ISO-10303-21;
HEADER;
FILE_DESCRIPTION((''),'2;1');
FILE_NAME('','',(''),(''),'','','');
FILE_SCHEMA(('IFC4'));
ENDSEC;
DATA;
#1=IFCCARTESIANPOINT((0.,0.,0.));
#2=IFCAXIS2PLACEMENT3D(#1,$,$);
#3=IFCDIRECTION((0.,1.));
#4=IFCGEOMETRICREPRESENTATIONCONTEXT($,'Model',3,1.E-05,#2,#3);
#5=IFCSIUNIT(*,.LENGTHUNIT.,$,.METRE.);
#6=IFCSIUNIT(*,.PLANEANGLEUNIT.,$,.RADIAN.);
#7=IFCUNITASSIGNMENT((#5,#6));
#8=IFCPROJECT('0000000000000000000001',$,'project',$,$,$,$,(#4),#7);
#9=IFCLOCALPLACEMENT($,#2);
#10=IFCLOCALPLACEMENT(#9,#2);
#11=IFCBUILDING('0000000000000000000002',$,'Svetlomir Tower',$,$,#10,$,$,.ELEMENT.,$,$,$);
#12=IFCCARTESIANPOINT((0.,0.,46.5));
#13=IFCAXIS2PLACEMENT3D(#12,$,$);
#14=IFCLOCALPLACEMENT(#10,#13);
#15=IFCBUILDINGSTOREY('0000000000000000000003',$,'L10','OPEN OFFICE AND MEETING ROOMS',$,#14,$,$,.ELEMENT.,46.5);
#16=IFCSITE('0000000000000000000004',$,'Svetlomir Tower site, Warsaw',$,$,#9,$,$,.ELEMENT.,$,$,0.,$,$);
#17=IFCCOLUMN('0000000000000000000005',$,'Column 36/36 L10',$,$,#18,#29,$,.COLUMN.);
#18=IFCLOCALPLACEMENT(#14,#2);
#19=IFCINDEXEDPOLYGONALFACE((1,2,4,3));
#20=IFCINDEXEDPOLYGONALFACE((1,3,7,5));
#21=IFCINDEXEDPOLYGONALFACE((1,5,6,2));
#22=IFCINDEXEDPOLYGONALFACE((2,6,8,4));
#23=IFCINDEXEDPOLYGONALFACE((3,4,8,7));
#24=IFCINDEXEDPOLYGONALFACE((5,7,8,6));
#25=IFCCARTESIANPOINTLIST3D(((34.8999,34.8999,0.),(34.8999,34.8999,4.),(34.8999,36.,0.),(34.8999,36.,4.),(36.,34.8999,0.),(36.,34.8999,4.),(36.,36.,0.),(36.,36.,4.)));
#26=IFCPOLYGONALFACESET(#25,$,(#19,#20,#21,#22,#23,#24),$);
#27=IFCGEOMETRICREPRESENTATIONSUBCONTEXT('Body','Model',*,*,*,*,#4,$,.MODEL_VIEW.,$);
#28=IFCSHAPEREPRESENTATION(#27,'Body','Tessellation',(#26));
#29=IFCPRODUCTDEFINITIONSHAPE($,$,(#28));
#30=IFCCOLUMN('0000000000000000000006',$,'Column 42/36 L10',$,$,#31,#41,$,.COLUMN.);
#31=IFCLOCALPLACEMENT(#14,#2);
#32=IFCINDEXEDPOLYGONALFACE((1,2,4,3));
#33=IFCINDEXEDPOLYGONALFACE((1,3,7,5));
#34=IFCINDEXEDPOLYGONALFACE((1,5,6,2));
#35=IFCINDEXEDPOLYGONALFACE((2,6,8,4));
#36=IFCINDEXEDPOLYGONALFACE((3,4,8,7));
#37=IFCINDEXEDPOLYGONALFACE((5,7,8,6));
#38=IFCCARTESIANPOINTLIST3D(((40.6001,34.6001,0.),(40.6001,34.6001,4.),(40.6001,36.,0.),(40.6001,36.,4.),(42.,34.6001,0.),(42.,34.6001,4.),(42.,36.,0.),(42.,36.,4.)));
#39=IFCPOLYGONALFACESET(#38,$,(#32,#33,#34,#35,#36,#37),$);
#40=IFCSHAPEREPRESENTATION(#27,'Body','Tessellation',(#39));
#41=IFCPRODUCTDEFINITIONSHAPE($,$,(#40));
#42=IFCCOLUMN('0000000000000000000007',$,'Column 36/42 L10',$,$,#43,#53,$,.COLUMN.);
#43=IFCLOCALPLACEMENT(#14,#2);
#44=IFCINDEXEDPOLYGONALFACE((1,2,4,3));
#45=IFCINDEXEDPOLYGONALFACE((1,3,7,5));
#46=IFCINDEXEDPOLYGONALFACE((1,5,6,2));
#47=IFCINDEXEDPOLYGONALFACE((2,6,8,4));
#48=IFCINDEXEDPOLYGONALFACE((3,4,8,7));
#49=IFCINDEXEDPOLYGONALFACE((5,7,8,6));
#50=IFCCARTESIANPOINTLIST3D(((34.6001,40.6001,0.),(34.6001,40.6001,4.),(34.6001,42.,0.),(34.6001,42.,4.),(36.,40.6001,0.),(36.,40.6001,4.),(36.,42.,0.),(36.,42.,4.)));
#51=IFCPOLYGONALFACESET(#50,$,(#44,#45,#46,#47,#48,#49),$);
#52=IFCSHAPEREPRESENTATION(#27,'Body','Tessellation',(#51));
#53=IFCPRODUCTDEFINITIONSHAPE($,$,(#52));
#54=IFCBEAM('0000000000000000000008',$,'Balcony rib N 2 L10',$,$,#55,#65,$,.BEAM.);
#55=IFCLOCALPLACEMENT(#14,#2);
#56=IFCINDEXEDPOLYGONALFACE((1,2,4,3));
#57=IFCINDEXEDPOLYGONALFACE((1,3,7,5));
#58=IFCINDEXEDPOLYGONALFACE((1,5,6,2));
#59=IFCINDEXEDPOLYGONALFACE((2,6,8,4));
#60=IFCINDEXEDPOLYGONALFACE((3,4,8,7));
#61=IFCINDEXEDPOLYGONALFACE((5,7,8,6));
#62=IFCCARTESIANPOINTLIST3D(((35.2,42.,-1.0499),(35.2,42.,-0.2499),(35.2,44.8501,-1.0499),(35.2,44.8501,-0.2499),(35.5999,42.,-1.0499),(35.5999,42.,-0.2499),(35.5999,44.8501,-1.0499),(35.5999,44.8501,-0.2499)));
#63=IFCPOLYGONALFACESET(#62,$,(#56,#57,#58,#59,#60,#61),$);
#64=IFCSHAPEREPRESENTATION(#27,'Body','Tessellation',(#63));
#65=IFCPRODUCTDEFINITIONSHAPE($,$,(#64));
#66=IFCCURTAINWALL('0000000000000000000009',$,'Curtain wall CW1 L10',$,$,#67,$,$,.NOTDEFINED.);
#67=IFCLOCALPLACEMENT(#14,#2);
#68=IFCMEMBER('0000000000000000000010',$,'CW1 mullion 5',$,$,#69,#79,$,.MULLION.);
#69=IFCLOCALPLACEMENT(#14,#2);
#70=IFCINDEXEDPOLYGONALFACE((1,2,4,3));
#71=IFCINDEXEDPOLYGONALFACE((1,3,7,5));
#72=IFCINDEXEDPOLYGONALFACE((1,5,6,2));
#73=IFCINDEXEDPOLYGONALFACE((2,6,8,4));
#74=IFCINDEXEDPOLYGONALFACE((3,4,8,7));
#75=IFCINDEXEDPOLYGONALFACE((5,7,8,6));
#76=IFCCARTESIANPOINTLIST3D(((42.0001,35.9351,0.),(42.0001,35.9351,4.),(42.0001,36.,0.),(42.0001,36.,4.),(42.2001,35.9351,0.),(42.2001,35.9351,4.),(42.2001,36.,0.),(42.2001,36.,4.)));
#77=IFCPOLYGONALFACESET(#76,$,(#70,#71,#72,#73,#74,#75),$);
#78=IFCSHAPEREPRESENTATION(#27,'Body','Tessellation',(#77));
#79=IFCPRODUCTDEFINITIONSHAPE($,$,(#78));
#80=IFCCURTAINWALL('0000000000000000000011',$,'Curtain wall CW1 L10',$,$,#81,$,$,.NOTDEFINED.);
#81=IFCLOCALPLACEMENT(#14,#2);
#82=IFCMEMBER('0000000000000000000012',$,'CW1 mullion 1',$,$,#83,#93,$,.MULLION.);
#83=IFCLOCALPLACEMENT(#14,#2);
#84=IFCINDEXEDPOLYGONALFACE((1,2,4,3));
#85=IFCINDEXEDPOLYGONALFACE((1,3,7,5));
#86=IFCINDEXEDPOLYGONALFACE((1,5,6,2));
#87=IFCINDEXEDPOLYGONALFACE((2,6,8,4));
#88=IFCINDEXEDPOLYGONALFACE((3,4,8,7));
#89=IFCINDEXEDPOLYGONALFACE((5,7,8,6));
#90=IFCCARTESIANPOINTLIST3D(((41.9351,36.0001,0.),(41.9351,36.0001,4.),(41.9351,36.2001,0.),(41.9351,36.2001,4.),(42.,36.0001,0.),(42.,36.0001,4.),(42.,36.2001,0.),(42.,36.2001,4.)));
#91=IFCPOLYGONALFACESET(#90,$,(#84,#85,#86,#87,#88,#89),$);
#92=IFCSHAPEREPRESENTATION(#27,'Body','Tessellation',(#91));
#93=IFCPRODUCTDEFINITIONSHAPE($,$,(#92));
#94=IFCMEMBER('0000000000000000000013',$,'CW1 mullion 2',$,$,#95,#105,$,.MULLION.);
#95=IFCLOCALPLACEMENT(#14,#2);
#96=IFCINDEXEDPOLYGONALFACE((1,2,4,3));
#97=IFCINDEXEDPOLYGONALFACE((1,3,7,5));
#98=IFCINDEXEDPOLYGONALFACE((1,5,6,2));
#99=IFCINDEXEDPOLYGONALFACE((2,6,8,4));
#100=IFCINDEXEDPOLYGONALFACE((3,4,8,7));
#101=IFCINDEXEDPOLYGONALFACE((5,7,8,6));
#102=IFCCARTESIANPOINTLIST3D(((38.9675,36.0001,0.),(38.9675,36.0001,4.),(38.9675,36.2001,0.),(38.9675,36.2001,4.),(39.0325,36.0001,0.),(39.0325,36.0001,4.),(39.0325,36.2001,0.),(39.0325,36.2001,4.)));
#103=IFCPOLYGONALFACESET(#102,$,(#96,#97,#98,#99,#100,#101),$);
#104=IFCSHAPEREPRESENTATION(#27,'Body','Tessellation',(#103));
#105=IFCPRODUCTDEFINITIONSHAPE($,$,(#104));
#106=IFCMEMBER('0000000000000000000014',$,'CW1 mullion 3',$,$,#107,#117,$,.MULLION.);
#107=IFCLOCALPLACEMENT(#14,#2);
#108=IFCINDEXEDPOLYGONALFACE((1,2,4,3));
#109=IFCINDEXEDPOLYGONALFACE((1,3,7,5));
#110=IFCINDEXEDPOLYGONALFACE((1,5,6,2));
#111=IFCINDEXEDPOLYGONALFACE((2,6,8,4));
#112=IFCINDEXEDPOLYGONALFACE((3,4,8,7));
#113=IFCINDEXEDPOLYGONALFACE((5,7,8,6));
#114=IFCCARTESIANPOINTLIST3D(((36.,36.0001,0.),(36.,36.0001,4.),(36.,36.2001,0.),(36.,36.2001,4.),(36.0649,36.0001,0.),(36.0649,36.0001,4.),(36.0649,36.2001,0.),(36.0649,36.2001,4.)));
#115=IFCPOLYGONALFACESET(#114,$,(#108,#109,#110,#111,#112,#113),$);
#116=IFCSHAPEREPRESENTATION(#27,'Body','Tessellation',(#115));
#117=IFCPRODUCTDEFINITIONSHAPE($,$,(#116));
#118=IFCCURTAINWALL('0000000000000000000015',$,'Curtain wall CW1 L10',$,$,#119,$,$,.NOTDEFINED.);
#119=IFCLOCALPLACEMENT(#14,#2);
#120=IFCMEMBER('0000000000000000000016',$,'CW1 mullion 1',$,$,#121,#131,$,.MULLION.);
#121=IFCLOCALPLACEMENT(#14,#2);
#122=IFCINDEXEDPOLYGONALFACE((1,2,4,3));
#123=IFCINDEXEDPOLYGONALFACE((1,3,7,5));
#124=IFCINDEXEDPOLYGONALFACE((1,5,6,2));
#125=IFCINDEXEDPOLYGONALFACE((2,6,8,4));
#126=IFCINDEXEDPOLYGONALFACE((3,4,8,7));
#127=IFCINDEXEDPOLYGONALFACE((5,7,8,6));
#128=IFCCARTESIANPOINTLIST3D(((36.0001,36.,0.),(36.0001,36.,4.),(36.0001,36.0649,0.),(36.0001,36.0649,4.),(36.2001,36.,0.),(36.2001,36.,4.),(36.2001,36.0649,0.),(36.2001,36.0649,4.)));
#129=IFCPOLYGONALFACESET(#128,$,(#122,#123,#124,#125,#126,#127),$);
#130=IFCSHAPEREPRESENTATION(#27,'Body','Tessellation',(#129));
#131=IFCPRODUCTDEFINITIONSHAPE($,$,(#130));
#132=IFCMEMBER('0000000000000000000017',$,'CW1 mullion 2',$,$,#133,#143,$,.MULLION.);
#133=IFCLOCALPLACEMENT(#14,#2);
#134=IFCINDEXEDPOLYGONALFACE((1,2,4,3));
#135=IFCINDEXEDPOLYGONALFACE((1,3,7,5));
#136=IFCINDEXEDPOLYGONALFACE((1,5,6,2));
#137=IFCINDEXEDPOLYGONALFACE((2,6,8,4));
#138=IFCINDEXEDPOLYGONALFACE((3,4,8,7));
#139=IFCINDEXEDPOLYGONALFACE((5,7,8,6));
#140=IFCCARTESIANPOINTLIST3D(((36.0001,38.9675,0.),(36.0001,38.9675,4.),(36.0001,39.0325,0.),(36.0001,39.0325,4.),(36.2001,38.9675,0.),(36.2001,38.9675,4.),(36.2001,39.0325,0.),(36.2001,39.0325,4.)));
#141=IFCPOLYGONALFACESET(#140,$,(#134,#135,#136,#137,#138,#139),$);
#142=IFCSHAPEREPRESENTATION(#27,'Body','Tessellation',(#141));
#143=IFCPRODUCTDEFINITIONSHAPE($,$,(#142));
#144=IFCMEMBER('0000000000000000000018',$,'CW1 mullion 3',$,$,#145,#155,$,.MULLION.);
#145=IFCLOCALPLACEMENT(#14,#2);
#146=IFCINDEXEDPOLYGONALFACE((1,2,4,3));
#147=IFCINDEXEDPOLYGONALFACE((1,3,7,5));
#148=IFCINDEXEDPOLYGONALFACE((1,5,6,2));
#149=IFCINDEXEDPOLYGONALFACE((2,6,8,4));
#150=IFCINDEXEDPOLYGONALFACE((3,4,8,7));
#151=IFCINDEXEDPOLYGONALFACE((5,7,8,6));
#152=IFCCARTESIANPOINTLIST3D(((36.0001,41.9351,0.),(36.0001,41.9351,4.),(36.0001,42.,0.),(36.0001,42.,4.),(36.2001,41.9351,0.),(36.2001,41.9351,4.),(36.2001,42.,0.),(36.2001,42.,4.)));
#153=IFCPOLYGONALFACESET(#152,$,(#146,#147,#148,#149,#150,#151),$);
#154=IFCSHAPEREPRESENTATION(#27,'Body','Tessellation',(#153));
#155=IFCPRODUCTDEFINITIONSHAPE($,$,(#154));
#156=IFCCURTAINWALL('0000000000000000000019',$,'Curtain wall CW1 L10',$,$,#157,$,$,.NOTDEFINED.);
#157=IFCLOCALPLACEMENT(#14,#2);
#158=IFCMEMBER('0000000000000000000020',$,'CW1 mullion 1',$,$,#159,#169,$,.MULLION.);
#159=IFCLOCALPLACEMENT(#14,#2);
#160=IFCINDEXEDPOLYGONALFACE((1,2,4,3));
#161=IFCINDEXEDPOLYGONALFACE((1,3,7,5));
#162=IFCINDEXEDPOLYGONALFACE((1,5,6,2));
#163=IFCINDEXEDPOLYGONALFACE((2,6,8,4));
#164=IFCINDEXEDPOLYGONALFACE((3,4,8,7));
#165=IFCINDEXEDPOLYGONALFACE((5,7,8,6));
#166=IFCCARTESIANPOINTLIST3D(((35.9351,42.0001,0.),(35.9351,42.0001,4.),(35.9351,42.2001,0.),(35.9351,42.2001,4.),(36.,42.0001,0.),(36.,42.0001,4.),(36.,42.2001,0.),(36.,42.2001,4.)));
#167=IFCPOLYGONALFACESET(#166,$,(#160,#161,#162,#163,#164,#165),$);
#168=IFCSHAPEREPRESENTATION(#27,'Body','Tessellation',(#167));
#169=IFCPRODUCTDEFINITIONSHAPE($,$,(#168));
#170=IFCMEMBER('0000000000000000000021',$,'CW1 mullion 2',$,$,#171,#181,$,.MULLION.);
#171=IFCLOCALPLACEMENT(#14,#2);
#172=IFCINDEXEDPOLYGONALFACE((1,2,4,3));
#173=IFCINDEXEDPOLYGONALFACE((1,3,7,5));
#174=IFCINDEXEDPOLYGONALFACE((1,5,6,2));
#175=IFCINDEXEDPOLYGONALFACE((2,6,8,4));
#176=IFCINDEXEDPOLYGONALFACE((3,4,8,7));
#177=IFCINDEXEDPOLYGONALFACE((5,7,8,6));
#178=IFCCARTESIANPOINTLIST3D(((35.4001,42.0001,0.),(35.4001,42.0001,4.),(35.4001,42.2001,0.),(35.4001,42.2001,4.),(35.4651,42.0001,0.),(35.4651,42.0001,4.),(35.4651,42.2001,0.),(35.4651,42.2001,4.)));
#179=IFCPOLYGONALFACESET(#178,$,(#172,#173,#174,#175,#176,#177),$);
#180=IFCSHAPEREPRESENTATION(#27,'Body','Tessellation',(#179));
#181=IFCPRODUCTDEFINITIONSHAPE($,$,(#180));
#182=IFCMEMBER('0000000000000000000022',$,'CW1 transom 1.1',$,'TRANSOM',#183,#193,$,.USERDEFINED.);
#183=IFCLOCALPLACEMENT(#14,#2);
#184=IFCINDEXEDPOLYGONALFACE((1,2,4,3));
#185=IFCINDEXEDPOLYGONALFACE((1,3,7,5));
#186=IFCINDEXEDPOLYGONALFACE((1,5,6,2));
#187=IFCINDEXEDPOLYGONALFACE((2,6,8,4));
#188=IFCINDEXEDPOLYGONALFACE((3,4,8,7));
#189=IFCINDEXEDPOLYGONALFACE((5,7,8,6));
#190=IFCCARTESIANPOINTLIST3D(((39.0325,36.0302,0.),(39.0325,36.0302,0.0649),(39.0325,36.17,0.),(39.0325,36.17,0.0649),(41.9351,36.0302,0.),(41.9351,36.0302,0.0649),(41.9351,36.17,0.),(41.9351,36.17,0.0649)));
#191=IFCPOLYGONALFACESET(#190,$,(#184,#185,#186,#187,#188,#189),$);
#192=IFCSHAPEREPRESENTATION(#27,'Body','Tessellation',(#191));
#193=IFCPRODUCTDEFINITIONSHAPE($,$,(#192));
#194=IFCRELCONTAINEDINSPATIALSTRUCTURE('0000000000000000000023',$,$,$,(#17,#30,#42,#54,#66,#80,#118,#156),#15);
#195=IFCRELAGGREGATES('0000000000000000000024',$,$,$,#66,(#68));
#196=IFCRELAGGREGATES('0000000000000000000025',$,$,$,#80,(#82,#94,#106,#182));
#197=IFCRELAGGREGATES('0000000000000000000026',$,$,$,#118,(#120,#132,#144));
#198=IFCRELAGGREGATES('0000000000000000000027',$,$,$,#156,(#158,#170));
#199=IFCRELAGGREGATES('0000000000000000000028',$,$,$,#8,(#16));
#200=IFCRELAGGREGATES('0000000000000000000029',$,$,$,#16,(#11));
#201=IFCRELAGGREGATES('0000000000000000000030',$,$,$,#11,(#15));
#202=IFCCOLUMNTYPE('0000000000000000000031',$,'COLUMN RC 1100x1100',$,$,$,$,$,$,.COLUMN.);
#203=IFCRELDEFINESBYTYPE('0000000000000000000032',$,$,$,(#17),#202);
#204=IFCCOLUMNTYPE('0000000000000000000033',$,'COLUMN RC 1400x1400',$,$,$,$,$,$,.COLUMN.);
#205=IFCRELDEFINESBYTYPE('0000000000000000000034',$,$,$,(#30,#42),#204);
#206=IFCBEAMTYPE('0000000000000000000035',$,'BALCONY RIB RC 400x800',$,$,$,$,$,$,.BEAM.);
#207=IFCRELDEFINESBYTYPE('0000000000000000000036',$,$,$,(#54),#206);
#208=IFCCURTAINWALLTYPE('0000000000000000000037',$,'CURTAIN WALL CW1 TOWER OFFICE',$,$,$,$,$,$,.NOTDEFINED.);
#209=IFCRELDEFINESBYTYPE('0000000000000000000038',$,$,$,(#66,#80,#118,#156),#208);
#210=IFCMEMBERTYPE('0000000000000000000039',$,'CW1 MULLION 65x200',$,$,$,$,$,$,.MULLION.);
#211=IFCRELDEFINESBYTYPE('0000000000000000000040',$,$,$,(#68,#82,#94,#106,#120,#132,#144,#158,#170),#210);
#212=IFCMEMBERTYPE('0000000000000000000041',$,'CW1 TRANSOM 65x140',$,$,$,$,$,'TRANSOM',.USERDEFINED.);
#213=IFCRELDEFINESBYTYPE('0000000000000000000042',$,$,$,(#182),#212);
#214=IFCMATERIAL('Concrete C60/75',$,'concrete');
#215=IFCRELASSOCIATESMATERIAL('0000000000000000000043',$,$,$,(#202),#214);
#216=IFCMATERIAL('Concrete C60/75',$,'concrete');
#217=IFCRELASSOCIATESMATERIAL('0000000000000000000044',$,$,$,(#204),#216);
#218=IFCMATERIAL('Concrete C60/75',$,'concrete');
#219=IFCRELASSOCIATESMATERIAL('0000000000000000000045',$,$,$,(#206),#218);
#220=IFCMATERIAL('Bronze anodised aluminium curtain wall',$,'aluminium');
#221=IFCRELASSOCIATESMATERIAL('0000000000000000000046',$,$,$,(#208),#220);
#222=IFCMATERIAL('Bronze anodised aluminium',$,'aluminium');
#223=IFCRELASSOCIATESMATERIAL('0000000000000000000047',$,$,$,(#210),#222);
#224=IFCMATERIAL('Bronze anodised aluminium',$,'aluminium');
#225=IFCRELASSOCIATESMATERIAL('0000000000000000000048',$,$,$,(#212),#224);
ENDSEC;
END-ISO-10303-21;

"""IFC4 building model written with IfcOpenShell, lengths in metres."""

from ifc_helpers import new_model, si_unit, direction, frame, origin, origin_2d, place, context, subcontext, project, spatial, rectangle, extrude, material, material_profile, profile_set, type_object, element, aggregate, save


model = new_model("IFC4")

# Units and contexts
model_context = context("Model", 3, precision=1e-05, world=origin(), true_north=direction((0.0, 1.0)))
body_context = subcontext(model_context, "Body", "Model", "MODEL_VIEW")
ifc_project = project(units=[si_unit("LENGTHUNIT", "METRE"), si_unit("PLANEANGLEUNIT", "RADIAN")], contexts=[model_context])

# Site, building, storey
site_placement = place(None, origin())
site = spatial("IfcSite", under=ifc_project, at=site_placement, Name="Svetlomir Tower site, Warsaw", CompositionType="ELEMENT", RefElevation=0.0)
building_placement = place(site_placement, origin())
building = spatial("IfcBuilding", under=site, at=building_placement, Name="Svetlomir Tower", CompositionType="ELEMENT")
storey_placement = place(building_placement, frame((0.0, 0.0, 46.5)))
storey = spatial("IfcBuildingStorey", under=building, at=storey_placement, Name="L10", Description="OPEN OFFICE AND MEETING ROOMS", CompositionType="ELEMENT", Elevation=46.5)

# Columns
ifc_material_1 = material(Name="Concrete C60/75", Category="concrete")
ifc_material_profile_1 = material_profile(ifc_material_1, rectangle(XDim=1.1001, YDim=1.1001, at=origin_2d()), Name="RC 1100x1100")
ifc_profile_set_1 = profile_set([ifc_material_profile_1], Name="Concrete C60/75")
column_type_1 = type_object("IfcColumnType", Name="COLUMN RC 1100x1100", PredefinedType="COLUMN", material=ifc_profile_set_1)
column_placement = place(storey_placement, frame((35.45, 35.45, 0.0), z_axis=(0.0, 0.0, 1.0), x_axis=(1.0, 0.0, 0.0)))
element("IfcColumn", 1, at=column_placement, inside=storey, type_object=column_type_1, Name="Column 36/36 L10", PredefinedType="COLUMN", context=body_context, shape_type="SweptSolid", body=[
    extrude(rectangle(XDim=1.1001, YDim=1.1001, at=origin_2d()), origin(), (0.0, 0.0, 1.0), 4.0),
])
ifc_material_2 = material(Name="Concrete C60/75", Category="concrete")
ifc_material_profile_2 = material_profile(ifc_material_2, rectangle(XDim=1.3999, YDim=1.3999, at=origin_2d()), Name="RC 1400x1400")
ifc_profile_set_2 = profile_set([ifc_material_profile_2], Name="Concrete C60/75")
column_type_2 = type_object("IfcColumnType", Name="COLUMN RC 1400x1400", PredefinedType="COLUMN", material=ifc_profile_set_2)
for number, where, z_axis, x_axis, name in (
    (2, (41.3, 35.3, 0.0), (0.0, 0.0, 1.0), (1.0, 0.0, 0.0), "Column 42/36 L10"),
    (3, (35.3, 41.3, 0.0), (0.0, 0.0, 1.0), (1.0, 0.0, 0.0), "Column 36/42 L10"),
):
    element("IfcColumn", number, at=place(storey_placement, frame(where, z_axis=z_axis, x_axis=x_axis)), inside=storey, type_object=column_type_2, Name=name, PredefinedType="COLUMN", context=body_context, shape_type="SweptSolid", body=[
        extrude(rectangle(XDim=1.3999, YDim=1.3999, at=origin_2d()), origin(), (0.0, 0.0, 1.0), 4.0),
    ])

# Beam
ifc_material_3 = material(Name="Concrete C60/75", Category="concrete")
ifc_material_profile_3 = material_profile(ifc_material_3, rectangle(XDim=0.3999, YDim=0.8, at=origin_2d()), Name="RC 400x800")
ifc_profile_set_3 = profile_set([ifc_material_profile_3], Name="Concrete C60/75")
beam_type_1 = type_object("IfcBeamType", Name="BALCONY RIB RC 400x800", PredefinedType="BEAM", material=ifc_profile_set_3)
beam_placement = place(storey_placement, frame((35.3999, 42.0, -0.6499), z_axis=(0.0, 1.0, 0.0), x_axis=(-1.0, 0.0, 0.0)))
element("IfcBeam", 4, at=beam_placement, inside=storey, type_object=beam_type_1, Name="Balcony rib N 2 L10", PredefinedType="BEAM", context=body_context, shape_type="SweptSolid", body=[
    extrude(rectangle(XDim=0.3999, YDim=0.8, at=origin_2d()), origin(), (0.0, 0.0, 1.0), 2.8501),
])

# Curtain wall, member
ifc_material_4 = material(Name="Bronze anodised aluminium curtain wall", Category="aluminium")
curtain_wall_type = type_object("IfcCurtainWallType", Name="CURTAIN WALL CW1 TOWER OFFICE", PredefinedType="NOTDEFINED", material=ifc_material_4)
curtain_wall_1_placement = place(storey_placement, origin())
curtain_wall_1 = element("IfcCurtainWall", 5, at=curtain_wall_1_placement, inside=storey, type_object=curtain_wall_type, Name="Curtain wall CW1 L10", PredefinedType="NOTDEFINED")
ifc_material_5 = material(Name="Bronze anodised aluminium", Category="aluminium")
ifc_material_profile_4 = material_profile(ifc_material_5, rectangle(XDim=0.0649, YDim=0.2, at=origin_2d()), Name="AL 65x200")
ifc_profile_set_4 = profile_set([ifc_material_profile_4], Name="Bronze anodised aluminium 6063-T6")
member_type_1 = type_object("IfcMemberType", Name="CW1 MULLION 65x200", PredefinedType="MULLION", material=ifc_profile_set_4)
member_1_placement = place(storey_placement, frame((42.1001, 35.9675, 0.0), z_axis=(0.0, 0.0, 1.0), x_axis=(0.0, 1.0, 0.0)))
member_1 = element("IfcMember", 6, at=member_1_placement, type_object=member_type_1, Name="CW1 mullion 5", PredefinedType="MULLION", context=body_context, shape_type="SweptSolid", body=[
    extrude(rectangle(XDim=0.0649, YDim=0.2, at=origin_2d()), origin(), (0.0, 0.0, 1.0), 4.0),
])

# Curtain walls, members
curtain_wall_2_placement = place(storey_placement, origin())
curtain_wall_2 = element("IfcCurtainWall", 7, at=curtain_wall_2_placement, inside=storey, type_object=curtain_wall_type, Name="Curtain wall CW1 L10", PredefinedType="NOTDEFINED")
member_2_placement = place(storey_placement, frame((41.9675, 36.1001, 0.0), z_axis=(0.0, 0.0, 1.0), x_axis=(-1.0, 0.0, 0.0)))
member_2 = element("IfcMember", 8, at=member_2_placement, type_object=member_type_1, Name="CW1 mullion 1", PredefinedType="MULLION", context=body_context, shape_type="SweptSolid", body=[
    extrude(rectangle(XDim=0.0649, YDim=0.2, at=origin_2d()), origin(), (0.0, 0.0, 1.0), 4.0),
])
member_3_placement = place(storey_placement, frame((39.0, 36.1001, 0.0), z_axis=(0.0, 0.0, 1.0), x_axis=(-1.0, 0.0, 0.0)))
member_3 = element("IfcMember", 9, at=member_3_placement, type_object=member_type_1, Name="CW1 mullion 2", PredefinedType="MULLION", context=body_context, shape_type="SweptSolid", body=[
    extrude(rectangle(XDim=0.0649, YDim=0.2, at=origin_2d()), origin(), (0.0, 0.0, 1.0), 4.0),
])
member_4_placement = place(storey_placement, frame((36.0325, 36.1001, 0.0), z_axis=(0.0, 0.0, 1.0), x_axis=(-1.0, 0.0, 0.0)))
member_4 = element("IfcMember", 10, at=member_4_placement, type_object=member_type_1, Name="CW1 mullion 3", PredefinedType="MULLION", context=body_context, shape_type="SweptSolid", body=[
    extrude(rectangle(XDim=0.0649, YDim=0.2, at=origin_2d()), origin(), (0.0, 0.0, 1.0), 4.0),
])
curtain_wall_3_placement = place(storey_placement, origin())
curtain_wall_3 = element("IfcCurtainWall", 11, at=curtain_wall_3_placement, inside=storey, type_object=curtain_wall_type, Name="Curtain wall CW1 L10", PredefinedType="NOTDEFINED")
member_5_placement = place(storey_placement, frame((36.1001, 36.0325, 0.0), z_axis=(0.0, 0.0, 1.0), x_axis=(0.0, 1.0, 0.0)))
member_5 = element("IfcMember", 12, at=member_5_placement, type_object=member_type_1, Name="CW1 mullion 1", PredefinedType="MULLION", context=body_context, shape_type="SweptSolid", body=[
    extrude(rectangle(XDim=0.0649, YDim=0.2, at=origin_2d()), origin(), (0.0, 0.0, 1.0), 4.0),
])
member_6_placement = place(storey_placement, frame((36.1001, 39.0, 0.0), z_axis=(0.0, 0.0, 1.0), x_axis=(0.0, 1.0, 0.0)))
member_6 = element("IfcMember", 13, at=member_6_placement, type_object=member_type_1, Name="CW1 mullion 2", PredefinedType="MULLION", context=body_context, shape_type="SweptSolid", body=[
    extrude(rectangle(XDim=0.0649, YDim=0.2, at=origin_2d()), origin(), (0.0, 0.0, 1.0), 4.0),
])
member_7_placement = place(storey_placement, frame((36.1001, 41.9675, 0.0), z_axis=(0.0, 0.0, 1.0), x_axis=(0.0, 1.0, 0.0)))
member_7 = element("IfcMember", 14, at=member_7_placement, type_object=member_type_1, Name="CW1 mullion 3", PredefinedType="MULLION", context=body_context, shape_type="SweptSolid", body=[
    extrude(rectangle(XDim=0.0649, YDim=0.2, at=origin_2d()), origin(), (0.0, 0.0, 1.0), 4.0),
])
curtain_wall_4_placement = place(storey_placement, origin())
curtain_wall_4 = element("IfcCurtainWall", 15, at=curtain_wall_4_placement, inside=storey, type_object=curtain_wall_type, Name="Curtain wall CW1 L10", PredefinedType="NOTDEFINED")
member_8_placement = place(storey_placement, frame((35.9675, 42.1001, 0.0), z_axis=(0.0, 0.0, 1.0), x_axis=(-1.0, 0.0, 0.0)))
member_8 = element("IfcMember", 16, at=member_8_placement, type_object=member_type_1, Name="CW1 mullion 1", PredefinedType="MULLION", context=body_context, shape_type="SweptSolid", body=[
    extrude(rectangle(XDim=0.0649, YDim=0.2, at=origin_2d()), origin(), (0.0, 0.0, 1.0), 4.0),
])
member_9_placement = place(storey_placement, frame((35.4326, 42.1001, 0.0), z_axis=(0.0, 0.0, 1.0), x_axis=(-1.0, 0.0, 0.0)))
member_9 = element("IfcMember", 17, at=member_9_placement, type_object=member_type_1, Name="CW1 mullion 2", PredefinedType="MULLION", context=body_context, shape_type="SweptSolid", body=[
    extrude(rectangle(XDim=0.0649, YDim=0.2, at=origin_2d()), origin(), (0.0, 0.0, 1.0), 4.0),
])

# Member
ifc_material_6 = material(Name="Bronze anodised aluminium", Category="aluminium")
ifc_material_profile_5 = material_profile(ifc_material_6, rectangle(XDim=0.1399, YDim=0.0649, at=origin_2d()), Name="AL 140x65")
ifc_profile_set_5 = profile_set([ifc_material_profile_5], Name="Bronze anodised aluminium 6063-T6")
member_type_2 = type_object("IfcMemberType", Name="CW1 TRANSOM 65x140", ElementType="TRANSOM", PredefinedType="USERDEFINED", material=ifc_profile_set_5)
member_10_placement = place(storey_placement, frame((41.9351, 36.1001, 0.0325), z_axis=(-1.0, 0.0, 0.0), x_axis=(0.0, -1.0, 0.0)))
member_10 = element("IfcMember", 18, at=member_10_placement, type_object=member_type_2, Name="CW1 transom 1.1", ObjectType="TRANSOM", PredefinedType="USERDEFINED", context=body_context, shape_type="SweptSolid", body=[
    extrude(rectangle(XDim=0.1399, YDim=0.0649, at=origin_2d()), origin(), (0.0, 0.0, 1.0), 2.9026),
])

aggregate(curtain_wall_1, [member_1])
aggregate(curtain_wall_2, [member_2, member_3, member_4, member_10])
aggregate(curtain_wall_3, [member_5, member_6, member_7])
aggregate(curtain_wall_4, [member_8, member_9])

save(model, "model.ifc")
